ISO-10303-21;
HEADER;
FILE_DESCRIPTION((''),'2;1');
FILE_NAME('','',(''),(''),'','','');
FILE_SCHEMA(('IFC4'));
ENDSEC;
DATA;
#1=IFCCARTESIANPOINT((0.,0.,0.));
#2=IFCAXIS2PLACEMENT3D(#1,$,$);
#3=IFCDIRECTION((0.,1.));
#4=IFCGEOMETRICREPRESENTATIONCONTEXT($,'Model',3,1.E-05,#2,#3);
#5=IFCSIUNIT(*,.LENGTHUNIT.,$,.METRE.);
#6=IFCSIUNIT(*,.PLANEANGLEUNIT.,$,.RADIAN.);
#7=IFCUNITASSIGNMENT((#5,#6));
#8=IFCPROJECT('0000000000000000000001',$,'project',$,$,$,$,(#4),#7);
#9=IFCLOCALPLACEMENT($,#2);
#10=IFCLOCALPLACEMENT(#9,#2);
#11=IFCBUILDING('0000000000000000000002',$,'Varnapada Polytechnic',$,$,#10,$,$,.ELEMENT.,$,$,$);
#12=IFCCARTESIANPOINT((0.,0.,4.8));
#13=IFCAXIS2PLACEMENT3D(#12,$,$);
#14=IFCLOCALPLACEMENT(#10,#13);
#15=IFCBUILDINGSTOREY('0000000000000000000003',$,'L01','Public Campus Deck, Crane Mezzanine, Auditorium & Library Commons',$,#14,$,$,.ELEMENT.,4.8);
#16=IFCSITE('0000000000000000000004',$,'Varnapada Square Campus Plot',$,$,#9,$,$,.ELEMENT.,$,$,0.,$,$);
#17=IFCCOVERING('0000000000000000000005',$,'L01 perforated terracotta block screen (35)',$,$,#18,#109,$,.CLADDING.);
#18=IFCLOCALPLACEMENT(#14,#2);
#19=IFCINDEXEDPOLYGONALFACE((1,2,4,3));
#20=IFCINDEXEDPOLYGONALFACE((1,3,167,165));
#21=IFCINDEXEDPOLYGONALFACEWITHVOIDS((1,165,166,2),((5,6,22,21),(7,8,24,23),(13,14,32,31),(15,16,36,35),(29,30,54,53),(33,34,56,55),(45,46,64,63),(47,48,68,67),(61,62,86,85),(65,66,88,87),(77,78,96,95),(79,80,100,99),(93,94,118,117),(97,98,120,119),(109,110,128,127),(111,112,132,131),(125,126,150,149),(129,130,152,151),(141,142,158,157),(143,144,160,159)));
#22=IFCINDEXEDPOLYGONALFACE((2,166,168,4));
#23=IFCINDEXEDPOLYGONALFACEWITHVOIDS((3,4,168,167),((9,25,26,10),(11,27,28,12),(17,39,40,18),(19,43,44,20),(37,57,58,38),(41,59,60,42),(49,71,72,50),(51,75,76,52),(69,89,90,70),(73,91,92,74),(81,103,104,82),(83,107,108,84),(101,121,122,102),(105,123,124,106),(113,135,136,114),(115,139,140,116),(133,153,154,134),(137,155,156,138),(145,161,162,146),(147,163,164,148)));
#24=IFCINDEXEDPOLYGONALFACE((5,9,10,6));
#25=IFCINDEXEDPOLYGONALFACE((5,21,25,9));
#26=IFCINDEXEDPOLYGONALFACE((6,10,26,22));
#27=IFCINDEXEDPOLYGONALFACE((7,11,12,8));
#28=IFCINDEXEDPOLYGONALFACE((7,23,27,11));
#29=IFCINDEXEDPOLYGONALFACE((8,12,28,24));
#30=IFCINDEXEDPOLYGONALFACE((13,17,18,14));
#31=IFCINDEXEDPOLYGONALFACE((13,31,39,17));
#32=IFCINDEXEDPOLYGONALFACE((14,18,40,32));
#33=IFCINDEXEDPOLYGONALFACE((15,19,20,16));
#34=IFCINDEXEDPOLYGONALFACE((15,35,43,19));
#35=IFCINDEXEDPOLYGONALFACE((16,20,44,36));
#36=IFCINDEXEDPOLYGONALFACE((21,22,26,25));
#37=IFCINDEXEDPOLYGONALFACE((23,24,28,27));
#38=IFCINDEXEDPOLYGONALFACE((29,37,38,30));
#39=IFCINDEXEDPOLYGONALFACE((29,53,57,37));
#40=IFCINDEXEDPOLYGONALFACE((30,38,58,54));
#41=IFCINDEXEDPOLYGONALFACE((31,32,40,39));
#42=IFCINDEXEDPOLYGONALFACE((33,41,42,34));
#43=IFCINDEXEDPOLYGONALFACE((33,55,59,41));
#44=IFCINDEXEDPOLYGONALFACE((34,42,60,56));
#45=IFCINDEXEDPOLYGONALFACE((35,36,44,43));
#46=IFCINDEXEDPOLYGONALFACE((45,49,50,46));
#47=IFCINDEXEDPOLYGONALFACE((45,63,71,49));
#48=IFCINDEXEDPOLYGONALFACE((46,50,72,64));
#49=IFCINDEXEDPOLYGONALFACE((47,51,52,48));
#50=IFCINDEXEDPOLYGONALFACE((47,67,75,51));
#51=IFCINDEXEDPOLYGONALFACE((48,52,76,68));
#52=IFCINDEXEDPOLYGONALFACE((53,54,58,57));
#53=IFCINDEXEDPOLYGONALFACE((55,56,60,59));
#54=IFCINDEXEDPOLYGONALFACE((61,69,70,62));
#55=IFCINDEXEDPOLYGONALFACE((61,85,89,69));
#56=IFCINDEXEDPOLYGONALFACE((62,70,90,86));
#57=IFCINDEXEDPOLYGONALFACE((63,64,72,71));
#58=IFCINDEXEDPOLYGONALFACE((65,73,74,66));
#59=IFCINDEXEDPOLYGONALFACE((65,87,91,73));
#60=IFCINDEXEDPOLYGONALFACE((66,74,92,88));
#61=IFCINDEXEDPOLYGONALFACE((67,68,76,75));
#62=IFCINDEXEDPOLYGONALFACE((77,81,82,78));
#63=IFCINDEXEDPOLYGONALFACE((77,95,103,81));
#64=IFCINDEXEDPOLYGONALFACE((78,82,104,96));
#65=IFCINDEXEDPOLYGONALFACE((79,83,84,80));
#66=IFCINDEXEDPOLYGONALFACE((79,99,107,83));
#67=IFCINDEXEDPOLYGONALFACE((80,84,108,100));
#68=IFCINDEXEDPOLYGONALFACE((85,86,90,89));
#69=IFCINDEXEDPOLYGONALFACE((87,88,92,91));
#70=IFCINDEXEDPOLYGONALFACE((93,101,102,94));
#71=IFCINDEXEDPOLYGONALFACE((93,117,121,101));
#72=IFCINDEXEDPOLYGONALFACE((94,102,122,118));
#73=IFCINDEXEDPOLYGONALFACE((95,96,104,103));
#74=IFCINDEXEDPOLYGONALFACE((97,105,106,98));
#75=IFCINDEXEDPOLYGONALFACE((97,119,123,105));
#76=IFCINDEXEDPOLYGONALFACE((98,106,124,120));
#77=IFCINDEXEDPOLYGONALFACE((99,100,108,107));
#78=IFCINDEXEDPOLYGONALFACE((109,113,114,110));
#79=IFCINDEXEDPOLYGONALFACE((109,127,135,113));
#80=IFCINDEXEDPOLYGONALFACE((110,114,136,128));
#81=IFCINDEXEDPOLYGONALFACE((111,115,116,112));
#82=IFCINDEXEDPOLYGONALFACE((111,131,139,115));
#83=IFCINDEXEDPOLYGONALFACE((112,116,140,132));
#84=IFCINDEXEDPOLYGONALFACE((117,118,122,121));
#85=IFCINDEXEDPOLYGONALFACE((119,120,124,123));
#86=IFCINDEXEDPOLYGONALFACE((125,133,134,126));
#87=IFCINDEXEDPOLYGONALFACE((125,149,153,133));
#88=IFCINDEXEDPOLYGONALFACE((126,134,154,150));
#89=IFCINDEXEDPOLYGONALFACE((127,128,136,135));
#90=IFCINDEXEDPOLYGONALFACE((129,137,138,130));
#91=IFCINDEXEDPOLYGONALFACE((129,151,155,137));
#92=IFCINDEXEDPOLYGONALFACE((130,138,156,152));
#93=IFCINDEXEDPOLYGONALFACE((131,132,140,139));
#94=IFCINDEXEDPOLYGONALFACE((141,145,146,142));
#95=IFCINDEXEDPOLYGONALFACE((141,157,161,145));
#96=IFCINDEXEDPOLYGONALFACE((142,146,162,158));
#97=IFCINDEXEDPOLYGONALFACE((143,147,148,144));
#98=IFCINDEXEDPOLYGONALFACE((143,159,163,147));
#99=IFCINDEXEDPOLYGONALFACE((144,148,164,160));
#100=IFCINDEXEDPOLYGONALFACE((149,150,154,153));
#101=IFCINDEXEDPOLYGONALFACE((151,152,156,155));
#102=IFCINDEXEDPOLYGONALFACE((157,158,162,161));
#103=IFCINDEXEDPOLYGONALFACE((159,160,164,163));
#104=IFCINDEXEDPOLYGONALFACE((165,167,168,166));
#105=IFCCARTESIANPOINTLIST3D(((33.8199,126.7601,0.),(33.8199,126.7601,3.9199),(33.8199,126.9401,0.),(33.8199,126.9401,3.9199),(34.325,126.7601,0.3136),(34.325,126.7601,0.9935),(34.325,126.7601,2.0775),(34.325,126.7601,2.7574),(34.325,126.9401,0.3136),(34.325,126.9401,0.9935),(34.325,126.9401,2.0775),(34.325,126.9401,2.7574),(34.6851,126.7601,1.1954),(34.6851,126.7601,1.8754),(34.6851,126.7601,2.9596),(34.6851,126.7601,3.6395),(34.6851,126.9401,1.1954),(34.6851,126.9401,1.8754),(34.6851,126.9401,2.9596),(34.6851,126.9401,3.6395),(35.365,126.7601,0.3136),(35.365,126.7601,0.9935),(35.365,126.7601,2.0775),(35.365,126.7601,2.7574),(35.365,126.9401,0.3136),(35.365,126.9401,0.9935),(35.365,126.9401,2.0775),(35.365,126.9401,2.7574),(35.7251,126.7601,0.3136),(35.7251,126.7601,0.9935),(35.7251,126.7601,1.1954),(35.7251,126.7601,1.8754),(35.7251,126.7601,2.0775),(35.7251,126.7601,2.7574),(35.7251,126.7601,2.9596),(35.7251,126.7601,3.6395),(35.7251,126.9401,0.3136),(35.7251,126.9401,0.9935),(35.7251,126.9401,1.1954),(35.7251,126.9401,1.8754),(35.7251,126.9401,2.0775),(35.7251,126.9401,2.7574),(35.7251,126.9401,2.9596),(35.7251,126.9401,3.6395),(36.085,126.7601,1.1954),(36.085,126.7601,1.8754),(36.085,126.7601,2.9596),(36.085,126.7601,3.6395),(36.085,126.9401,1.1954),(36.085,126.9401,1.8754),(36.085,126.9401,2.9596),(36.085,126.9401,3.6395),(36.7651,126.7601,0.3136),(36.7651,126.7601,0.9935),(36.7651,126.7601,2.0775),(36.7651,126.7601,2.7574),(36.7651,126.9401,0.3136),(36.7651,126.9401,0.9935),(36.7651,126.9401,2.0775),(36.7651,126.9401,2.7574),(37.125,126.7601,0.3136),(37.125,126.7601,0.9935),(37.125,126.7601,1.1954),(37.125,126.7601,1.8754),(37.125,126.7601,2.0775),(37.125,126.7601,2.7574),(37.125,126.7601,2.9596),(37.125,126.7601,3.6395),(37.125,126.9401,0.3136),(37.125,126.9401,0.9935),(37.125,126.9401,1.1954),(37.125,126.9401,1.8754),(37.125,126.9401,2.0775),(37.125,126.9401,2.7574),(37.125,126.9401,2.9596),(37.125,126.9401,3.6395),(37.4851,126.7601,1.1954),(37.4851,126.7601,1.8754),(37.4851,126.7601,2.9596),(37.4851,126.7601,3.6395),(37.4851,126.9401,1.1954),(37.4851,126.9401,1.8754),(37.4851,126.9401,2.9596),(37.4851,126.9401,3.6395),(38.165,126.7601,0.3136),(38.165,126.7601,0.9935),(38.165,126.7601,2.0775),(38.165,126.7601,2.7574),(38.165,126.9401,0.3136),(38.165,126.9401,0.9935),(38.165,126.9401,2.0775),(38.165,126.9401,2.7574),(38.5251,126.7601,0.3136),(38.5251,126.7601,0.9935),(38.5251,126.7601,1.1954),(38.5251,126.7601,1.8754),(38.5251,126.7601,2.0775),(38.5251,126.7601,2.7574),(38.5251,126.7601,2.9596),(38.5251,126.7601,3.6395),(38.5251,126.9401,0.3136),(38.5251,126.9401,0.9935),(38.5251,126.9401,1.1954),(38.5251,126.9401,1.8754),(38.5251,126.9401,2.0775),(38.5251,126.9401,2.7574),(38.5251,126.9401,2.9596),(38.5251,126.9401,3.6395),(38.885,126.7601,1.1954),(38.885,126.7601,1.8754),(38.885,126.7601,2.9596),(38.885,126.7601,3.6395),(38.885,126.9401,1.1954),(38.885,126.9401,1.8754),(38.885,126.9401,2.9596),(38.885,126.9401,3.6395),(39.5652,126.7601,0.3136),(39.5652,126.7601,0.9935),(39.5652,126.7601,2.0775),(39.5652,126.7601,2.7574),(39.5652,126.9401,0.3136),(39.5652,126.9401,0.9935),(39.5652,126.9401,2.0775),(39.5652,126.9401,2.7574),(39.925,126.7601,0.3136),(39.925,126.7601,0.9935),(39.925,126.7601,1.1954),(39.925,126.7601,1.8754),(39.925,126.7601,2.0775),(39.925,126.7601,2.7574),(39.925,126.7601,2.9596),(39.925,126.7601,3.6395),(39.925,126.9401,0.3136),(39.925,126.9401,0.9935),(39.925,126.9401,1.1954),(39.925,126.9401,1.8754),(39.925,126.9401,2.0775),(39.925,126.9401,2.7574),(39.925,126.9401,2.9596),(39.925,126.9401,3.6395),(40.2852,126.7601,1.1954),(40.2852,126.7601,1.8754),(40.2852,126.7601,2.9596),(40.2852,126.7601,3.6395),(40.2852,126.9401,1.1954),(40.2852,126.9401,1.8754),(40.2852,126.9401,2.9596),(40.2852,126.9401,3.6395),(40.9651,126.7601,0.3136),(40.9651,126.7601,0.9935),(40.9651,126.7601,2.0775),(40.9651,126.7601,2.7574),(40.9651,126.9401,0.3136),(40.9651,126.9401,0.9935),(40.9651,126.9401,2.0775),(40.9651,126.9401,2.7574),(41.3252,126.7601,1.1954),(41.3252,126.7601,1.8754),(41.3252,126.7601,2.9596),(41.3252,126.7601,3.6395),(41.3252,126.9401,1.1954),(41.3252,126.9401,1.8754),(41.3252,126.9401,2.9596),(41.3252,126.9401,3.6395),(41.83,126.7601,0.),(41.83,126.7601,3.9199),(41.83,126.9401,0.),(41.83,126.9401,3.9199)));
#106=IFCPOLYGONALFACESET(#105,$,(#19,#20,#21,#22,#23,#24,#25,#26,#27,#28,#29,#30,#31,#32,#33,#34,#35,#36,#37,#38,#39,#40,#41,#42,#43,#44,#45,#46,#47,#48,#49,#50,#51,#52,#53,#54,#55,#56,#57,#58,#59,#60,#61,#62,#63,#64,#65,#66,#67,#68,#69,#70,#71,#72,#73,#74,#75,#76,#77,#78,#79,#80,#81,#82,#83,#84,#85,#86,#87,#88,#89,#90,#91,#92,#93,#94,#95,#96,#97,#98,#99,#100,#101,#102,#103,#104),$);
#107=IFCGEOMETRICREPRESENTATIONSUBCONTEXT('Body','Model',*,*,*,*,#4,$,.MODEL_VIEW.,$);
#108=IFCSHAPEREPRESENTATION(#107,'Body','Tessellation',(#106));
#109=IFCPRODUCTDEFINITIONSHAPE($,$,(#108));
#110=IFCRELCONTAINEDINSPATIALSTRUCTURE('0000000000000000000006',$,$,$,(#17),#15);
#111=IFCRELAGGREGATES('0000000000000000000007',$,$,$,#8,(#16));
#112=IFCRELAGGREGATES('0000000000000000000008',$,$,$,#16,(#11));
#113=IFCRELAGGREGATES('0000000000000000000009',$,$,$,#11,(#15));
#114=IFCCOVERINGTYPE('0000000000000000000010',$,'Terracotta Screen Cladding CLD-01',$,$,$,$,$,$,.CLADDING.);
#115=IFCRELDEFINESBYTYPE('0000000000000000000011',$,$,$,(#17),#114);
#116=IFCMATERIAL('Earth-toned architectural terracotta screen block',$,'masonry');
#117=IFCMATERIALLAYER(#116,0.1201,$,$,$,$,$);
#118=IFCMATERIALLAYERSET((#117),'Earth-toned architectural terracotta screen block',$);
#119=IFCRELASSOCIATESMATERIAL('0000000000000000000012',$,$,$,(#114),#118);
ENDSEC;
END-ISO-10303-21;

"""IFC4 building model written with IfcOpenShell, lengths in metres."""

from ifc_helpers import new_model, si_unit, direction, frame, frame_2d, origin, place, context, subcontext, project, spatial, rectangle, extrude, material, layer, layer_set, type_object, element, save


model = new_model("IFC4")

# Units and contexts
model_context = context("Model", 3, precision=1e-05, world=origin(), true_north=direction((0.0, 1.0)))
body_context = subcontext(model_context, "Body", "Model", "MODEL_VIEW")
ifc_project = project(units=[si_unit("LENGTHUNIT", "METRE"), si_unit("PLANEANGLEUNIT", "RADIAN")], contexts=[model_context])

# Site, building, storey
site_placement = place(None, origin())
site = spatial("IfcSite", under=ifc_project, at=site_placement, Name="Varnapada Square Campus Plot", CompositionType="ELEMENT", RefElevation=0.0)
building_placement = place(site_placement, origin())
building = spatial("IfcBuilding", under=site, at=building_placement, Name="Varnapada Polytechnic", CompositionType="ELEMENT")
storey_placement = place(building_placement, frame((0.0, 0.0, 4.8)))
storey = spatial("IfcBuildingStorey", under=building, at=storey_placement, Name="L01", Description="Public Campus Deck, Crane Mezzanine, Auditorium & Library Commons", CompositionType="ELEMENT", Elevation=4.8)

# Covering, openings
ifc_material_1 = material(Name="Earth-toned architectural terracotta screen block", Category="masonry")
ifc_layer_1 = layer(ifc_material_1, 0.1201)
ifc_layer_set_1 = layer_set([ifc_layer_1], Name="Earth-toned architectural terracotta screen block")
covering_type = type_object("IfcCoveringType", Name="Terracotta Screen Cladding CLD-01", PredefinedType="CLADDING", material=ifc_layer_set_1)
covering_placement = place(storey_placement, frame((33.8201, 126.8501, 0.0), z_axis=(0.0, 0.0, 1.0), x_axis=(1.0, 0.0, 0.0)))
covering = element("IfcCovering", 1, at=covering_placement, inside=storey, type_object=covering_type, Name="L01 perforated terracotta block screen (35)", PredefinedType="CLADDING", context=body_context, shape_type="SweptSolid", body=[
    extrude(rectangle(XDim=8.01, YDim=0.1799, at=frame_2d((4.0049, 0.0))), origin(), (0.0, 0.0, 1.0), 3.9199),
])
opening_1_placement = place(covering_placement, frame((0.5049, 0.0, 0.3137)))
element("IfcOpeningElement", 2, at=opening_1_placement, cuts=covering, PredefinedType="OPENING", context=body_context, shape_type="SweptSolid", body=[
    extrude(rectangle(XDim=1.04, YDim=0.6799, at=frame_2d((0.52, 0.3398))), frame((0.0, 0.0999, 0.0), z_axis=(0.0, -1.0, 0.0), x_axis=(1.0, 0.0, 0.0)), (0.0, 0.0, 1.0), 0.2),
])
opening_2_placement = place(covering_placement, frame((1.905, 0.0, 0.3137)))
element("IfcOpeningElement", 3, at=opening_2_placement, cuts=covering, PredefinedType="OPENING", context=body_context, shape_type="SweptSolid", body=[
    extrude(rectangle(XDim=1.04, YDim=0.6799, at=frame_2d((0.52, 0.3398))), frame((0.0, 0.0999, 0.0), z_axis=(0.0, -1.0, 0.0), x_axis=(1.0, 0.0, 0.0)), (0.0, 0.0, 1.0), 0.2),
])
opening_3_placement = place(covering_placement, frame((3.3049, 0.0, 0.3137)))
element("IfcOpeningElement", 4, at=opening_3_placement, cuts=covering, PredefinedType="OPENING", context=body_context, shape_type="SweptSolid", body=[
    extrude(rectangle(XDim=1.04, YDim=0.6799, at=frame_2d((0.52, 0.3398))), frame((0.0, 0.0999, 0.0), z_axis=(0.0, -1.0, 0.0), x_axis=(1.0, 0.0, 0.0)), (0.0, 0.0, 1.0), 0.2),
])
opening_4_placement = place(covering_placement, frame((4.7051, 0.0, 0.3137)))
element("IfcOpeningElement", 5, at=opening_4_placement, cuts=covering, PredefinedType="OPENING", context=body_context, shape_type="SweptSolid", body=[
    extrude(rectangle(XDim=1.04, YDim=0.6799, at=frame_2d((0.52, 0.3398))), frame((0.0, 0.0999, 0.0), z_axis=(0.0, -1.0, 0.0), x_axis=(1.0, 0.0, 0.0)), (0.0, 0.0, 1.0), 0.2),
])
opening_5_placement = place(covering_placement, frame((6.105, 0.0, 0.3137)))
element("IfcOpeningElement", 6, at=opening_5_placement, cuts=covering, PredefinedType="OPENING", context=body_context, shape_type="SweptSolid", body=[
    extrude(rectangle(XDim=1.04, YDim=0.6799, at=frame_2d((0.52, 0.3398))), frame((0.0, 0.0999, 0.0), z_axis=(0.0, -1.0, 0.0), x_axis=(1.0, 0.0, 0.0)), (0.0, 0.0, 1.0), 0.2),
])
opening_6_placement = place(covering_placement, frame((0.865, 0.0, 1.1956)))
element("IfcOpeningElement", 7, at=opening_6_placement, cuts=covering, PredefinedType="OPENING", context=body_context, shape_type="SweptSolid", body=[
    extrude(rectangle(XDim=1.04, YDim=0.6799, at=frame_2d((0.52, 0.3398))), frame((0.0, 0.0999, 0.0), z_axis=(0.0, -1.0, 0.0), x_axis=(1.0, 0.0, 0.0)), (0.0, 0.0, 1.0), 0.2),
])
opening_7_placement = place(covering_placement, frame((2.2649, 0.0, 1.1956)))
element("IfcOpeningElement", 8, at=opening_7_placement, cuts=covering, PredefinedType="OPENING", context=body_context, shape_type="SweptSolid", body=[
    extrude(rectangle(XDim=1.04, YDim=0.6799, at=frame_2d((0.52, 0.3398))), frame((0.0, 0.0999, 0.0), z_axis=(0.0, -1.0, 0.0), x_axis=(1.0, 0.0, 0.0)), (0.0, 0.0, 1.0), 0.2),
])
opening_8_placement = place(covering_placement, frame((3.665, 0.0, 1.1956)))
element("IfcOpeningElement", 9, at=opening_8_placement, cuts=covering, PredefinedType="OPENING", context=body_context, shape_type="SweptSolid", body=[
    extrude(rectangle(XDim=1.04, YDim=0.6799, at=frame_2d((0.52, 0.3398))), frame((0.0, 0.0999, 0.0), z_axis=(0.0, -1.0, 0.0), x_axis=(1.0, 0.0, 0.0)), (0.0, 0.0, 1.0), 0.2),
])
opening_9_placement = place(covering_placement, frame((5.0649, 0.0, 1.1956)))
element("IfcOpeningElement", 10, at=opening_9_placement, cuts=covering, PredefinedType="OPENING", context=body_context, shape_type="SweptSolid", body=[
    extrude(rectangle(XDim=1.04, YDim=0.6799, at=frame_2d((0.52, 0.3398))), frame((0.0, 0.0999, 0.0), z_axis=(0.0, -1.0, 0.0), x_axis=(1.0, 0.0, 0.0)), (0.0, 0.0, 1.0), 0.2),
])
opening_10_placement = place(covering_placement, frame((6.4651, 0.0, 1.1956)))
element("IfcOpeningElement", 11, at=opening_10_placement, cuts=covering, PredefinedType="OPENING", context=body_context, shape_type="SweptSolid", body=[
    extrude(rectangle(XDim=1.04, YDim=0.6799, at=frame_2d((0.52, 0.3398))), frame((0.0, 0.0999, 0.0), z_axis=(0.0, -1.0, 0.0), x_axis=(1.0, 0.0, 0.0)), (0.0, 0.0, 1.0), 0.2),
])
opening_11_placement = place(covering_placement, frame((0.5049, 0.0, 2.0776)))
element("IfcOpeningElement", 12, at=opening_11_placement, cuts=covering, PredefinedType="OPENING", context=body_context, shape_type="SweptSolid", body=[
    extrude(rectangle(XDim=1.04, YDim=0.6799, at=frame_2d((0.52, 0.3398))), frame((0.0, 0.0999, 0.0), z_axis=(0.0, -1.0, 0.0), x_axis=(1.0, 0.0, 0.0)), (0.0, 0.0, 1.0), 0.2),
])
opening_12_placement = place(covering_placement, frame((1.905, 0.0, 2.0776)))
element("IfcOpeningElement", 13, at=opening_12_placement, cuts=covering, PredefinedType="OPENING", context=body_context, shape_type="SweptSolid", body=[
    extrude(rectangle(XDim=1.04, YDim=0.6799, at=frame_2d((0.52, 0.3398))), frame((0.0, 0.0999, 0.0), z_axis=(0.0, -1.0, 0.0), x_axis=(1.0, 0.0, 0.0)), (0.0, 0.0, 1.0), 0.2),
])
opening_13_placement = place(covering_placement, frame((3.3049, 0.0, 2.0776)))
element("IfcOpeningElement", 14, at=opening_13_placement, cuts=covering, PredefinedType="OPENING", context=body_context, shape_type="SweptSolid", body=[
    extrude(rectangle(XDim=1.04, YDim=0.6799, at=frame_2d((0.52, 0.3398))), frame((0.0, 0.0999, 0.0), z_axis=(0.0, -1.0, 0.0), x_axis=(1.0, 0.0, 0.0)), (0.0, 0.0, 1.0), 0.2),
])
opening_14_placement = place(covering_placement, frame((4.7051, 0.0, 2.0776)))
element("IfcOpeningElement", 15, at=opening_14_placement, cuts=covering, PredefinedType="OPENING", context=body_context, shape_type="SweptSolid", body=[
    extrude(rectangle(XDim=1.04, YDim=0.6799, at=frame_2d((0.52, 0.3398))), frame((0.0, 0.0999, 0.0), z_axis=(0.0, -1.0, 0.0), x_axis=(1.0, 0.0, 0.0)), (0.0, 0.0, 1.0), 0.2),
])
opening_15_placement = place(covering_placement, frame((6.105, 0.0, 2.0776)))
element("IfcOpeningElement", 16, at=opening_15_placement, cuts=covering, PredefinedType="OPENING", context=body_context, shape_type="SweptSolid", body=[
    extrude(rectangle(XDim=1.04, YDim=0.6799, at=frame_2d((0.52, 0.3398))), frame((0.0, 0.0999, 0.0), z_axis=(0.0, -1.0, 0.0), x_axis=(1.0, 0.0, 0.0)), (0.0, 0.0, 1.0), 0.2),
])
opening_16_placement = place(covering_placement, frame((0.865, 0.0, 2.9597)))
element("IfcOpeningElement", 17, at=opening_16_placement, cuts=covering, PredefinedType="OPENING", context=body_context, shape_type="SweptSolid", body=[
    extrude(rectangle(XDim=1.04, YDim=0.6799, at=frame_2d((0.52, 0.3398))), frame((0.0, 0.0999, 0.0), z_axis=(0.0, -1.0, 0.0), x_axis=(1.0, 0.0, 0.0)), (0.0, 0.0, 1.0), 0.2),
])
opening_17_placement = place(covering_placement, frame((2.2649, 0.0, 2.9597)))
element("IfcOpeningElement", 18, at=opening_17_placement, cuts=covering, PredefinedType="OPENING", context=body_context, shape_type="SweptSolid", body=[
    extrude(rectangle(XDim=1.04, YDim=0.6799, at=frame_2d((0.52, 0.3398))), frame((0.0, 0.0999, 0.0), z_axis=(0.0, -1.0, 0.0), x_axis=(1.0, 0.0, 0.0)), (0.0, 0.0, 1.0), 0.2),
])
opening_18_placement = place(covering_placement, frame((3.665, 0.0, 2.9597)))
element("IfcOpeningElement", 19, at=opening_18_placement, cuts=covering, PredefinedType="OPENING", context=body_context, shape_type="SweptSolid", body=[
    extrude(rectangle(XDim=1.04, YDim=0.6799, at=frame_2d((0.52, 0.3398))), frame((0.0, 0.0999, 0.0), z_axis=(0.0, -1.0, 0.0), x_axis=(1.0, 0.0, 0.0)), (0.0, 0.0, 1.0), 0.2),
])
opening_19_placement = place(covering_placement, frame((5.0649, 0.0, 2.9597)))
element("IfcOpeningElement", 20, at=opening_19_placement, cuts=covering, PredefinedType="OPENING", context=body_context, shape_type="SweptSolid", body=[
    extrude(rectangle(XDim=1.04, YDim=0.6799, at=frame_2d((0.52, 0.3398))), frame((0.0, 0.0999, 0.0), z_axis=(0.0, -1.0, 0.0), x_axis=(1.0, 0.0, 0.0)), (0.0, 0.0, 1.0), 0.2),
])
opening_20_placement = place(covering_placement, frame((6.4651, 0.0, 2.9597)))
element("IfcOpeningElement", 21, at=opening_20_placement, cuts=covering, PredefinedType="OPENING", context=body_context, shape_type="SweptSolid", body=[
    extrude(rectangle(XDim=1.04, YDim=0.6799, at=frame_2d((0.52, 0.3398))), frame((0.0, 0.0999, 0.0), z_axis=(0.0, -1.0, 0.0), x_axis=(1.0, 0.0, 0.0)), (0.0, 0.0, 1.0), 0.2),
])

save(model, "model.ifc")
